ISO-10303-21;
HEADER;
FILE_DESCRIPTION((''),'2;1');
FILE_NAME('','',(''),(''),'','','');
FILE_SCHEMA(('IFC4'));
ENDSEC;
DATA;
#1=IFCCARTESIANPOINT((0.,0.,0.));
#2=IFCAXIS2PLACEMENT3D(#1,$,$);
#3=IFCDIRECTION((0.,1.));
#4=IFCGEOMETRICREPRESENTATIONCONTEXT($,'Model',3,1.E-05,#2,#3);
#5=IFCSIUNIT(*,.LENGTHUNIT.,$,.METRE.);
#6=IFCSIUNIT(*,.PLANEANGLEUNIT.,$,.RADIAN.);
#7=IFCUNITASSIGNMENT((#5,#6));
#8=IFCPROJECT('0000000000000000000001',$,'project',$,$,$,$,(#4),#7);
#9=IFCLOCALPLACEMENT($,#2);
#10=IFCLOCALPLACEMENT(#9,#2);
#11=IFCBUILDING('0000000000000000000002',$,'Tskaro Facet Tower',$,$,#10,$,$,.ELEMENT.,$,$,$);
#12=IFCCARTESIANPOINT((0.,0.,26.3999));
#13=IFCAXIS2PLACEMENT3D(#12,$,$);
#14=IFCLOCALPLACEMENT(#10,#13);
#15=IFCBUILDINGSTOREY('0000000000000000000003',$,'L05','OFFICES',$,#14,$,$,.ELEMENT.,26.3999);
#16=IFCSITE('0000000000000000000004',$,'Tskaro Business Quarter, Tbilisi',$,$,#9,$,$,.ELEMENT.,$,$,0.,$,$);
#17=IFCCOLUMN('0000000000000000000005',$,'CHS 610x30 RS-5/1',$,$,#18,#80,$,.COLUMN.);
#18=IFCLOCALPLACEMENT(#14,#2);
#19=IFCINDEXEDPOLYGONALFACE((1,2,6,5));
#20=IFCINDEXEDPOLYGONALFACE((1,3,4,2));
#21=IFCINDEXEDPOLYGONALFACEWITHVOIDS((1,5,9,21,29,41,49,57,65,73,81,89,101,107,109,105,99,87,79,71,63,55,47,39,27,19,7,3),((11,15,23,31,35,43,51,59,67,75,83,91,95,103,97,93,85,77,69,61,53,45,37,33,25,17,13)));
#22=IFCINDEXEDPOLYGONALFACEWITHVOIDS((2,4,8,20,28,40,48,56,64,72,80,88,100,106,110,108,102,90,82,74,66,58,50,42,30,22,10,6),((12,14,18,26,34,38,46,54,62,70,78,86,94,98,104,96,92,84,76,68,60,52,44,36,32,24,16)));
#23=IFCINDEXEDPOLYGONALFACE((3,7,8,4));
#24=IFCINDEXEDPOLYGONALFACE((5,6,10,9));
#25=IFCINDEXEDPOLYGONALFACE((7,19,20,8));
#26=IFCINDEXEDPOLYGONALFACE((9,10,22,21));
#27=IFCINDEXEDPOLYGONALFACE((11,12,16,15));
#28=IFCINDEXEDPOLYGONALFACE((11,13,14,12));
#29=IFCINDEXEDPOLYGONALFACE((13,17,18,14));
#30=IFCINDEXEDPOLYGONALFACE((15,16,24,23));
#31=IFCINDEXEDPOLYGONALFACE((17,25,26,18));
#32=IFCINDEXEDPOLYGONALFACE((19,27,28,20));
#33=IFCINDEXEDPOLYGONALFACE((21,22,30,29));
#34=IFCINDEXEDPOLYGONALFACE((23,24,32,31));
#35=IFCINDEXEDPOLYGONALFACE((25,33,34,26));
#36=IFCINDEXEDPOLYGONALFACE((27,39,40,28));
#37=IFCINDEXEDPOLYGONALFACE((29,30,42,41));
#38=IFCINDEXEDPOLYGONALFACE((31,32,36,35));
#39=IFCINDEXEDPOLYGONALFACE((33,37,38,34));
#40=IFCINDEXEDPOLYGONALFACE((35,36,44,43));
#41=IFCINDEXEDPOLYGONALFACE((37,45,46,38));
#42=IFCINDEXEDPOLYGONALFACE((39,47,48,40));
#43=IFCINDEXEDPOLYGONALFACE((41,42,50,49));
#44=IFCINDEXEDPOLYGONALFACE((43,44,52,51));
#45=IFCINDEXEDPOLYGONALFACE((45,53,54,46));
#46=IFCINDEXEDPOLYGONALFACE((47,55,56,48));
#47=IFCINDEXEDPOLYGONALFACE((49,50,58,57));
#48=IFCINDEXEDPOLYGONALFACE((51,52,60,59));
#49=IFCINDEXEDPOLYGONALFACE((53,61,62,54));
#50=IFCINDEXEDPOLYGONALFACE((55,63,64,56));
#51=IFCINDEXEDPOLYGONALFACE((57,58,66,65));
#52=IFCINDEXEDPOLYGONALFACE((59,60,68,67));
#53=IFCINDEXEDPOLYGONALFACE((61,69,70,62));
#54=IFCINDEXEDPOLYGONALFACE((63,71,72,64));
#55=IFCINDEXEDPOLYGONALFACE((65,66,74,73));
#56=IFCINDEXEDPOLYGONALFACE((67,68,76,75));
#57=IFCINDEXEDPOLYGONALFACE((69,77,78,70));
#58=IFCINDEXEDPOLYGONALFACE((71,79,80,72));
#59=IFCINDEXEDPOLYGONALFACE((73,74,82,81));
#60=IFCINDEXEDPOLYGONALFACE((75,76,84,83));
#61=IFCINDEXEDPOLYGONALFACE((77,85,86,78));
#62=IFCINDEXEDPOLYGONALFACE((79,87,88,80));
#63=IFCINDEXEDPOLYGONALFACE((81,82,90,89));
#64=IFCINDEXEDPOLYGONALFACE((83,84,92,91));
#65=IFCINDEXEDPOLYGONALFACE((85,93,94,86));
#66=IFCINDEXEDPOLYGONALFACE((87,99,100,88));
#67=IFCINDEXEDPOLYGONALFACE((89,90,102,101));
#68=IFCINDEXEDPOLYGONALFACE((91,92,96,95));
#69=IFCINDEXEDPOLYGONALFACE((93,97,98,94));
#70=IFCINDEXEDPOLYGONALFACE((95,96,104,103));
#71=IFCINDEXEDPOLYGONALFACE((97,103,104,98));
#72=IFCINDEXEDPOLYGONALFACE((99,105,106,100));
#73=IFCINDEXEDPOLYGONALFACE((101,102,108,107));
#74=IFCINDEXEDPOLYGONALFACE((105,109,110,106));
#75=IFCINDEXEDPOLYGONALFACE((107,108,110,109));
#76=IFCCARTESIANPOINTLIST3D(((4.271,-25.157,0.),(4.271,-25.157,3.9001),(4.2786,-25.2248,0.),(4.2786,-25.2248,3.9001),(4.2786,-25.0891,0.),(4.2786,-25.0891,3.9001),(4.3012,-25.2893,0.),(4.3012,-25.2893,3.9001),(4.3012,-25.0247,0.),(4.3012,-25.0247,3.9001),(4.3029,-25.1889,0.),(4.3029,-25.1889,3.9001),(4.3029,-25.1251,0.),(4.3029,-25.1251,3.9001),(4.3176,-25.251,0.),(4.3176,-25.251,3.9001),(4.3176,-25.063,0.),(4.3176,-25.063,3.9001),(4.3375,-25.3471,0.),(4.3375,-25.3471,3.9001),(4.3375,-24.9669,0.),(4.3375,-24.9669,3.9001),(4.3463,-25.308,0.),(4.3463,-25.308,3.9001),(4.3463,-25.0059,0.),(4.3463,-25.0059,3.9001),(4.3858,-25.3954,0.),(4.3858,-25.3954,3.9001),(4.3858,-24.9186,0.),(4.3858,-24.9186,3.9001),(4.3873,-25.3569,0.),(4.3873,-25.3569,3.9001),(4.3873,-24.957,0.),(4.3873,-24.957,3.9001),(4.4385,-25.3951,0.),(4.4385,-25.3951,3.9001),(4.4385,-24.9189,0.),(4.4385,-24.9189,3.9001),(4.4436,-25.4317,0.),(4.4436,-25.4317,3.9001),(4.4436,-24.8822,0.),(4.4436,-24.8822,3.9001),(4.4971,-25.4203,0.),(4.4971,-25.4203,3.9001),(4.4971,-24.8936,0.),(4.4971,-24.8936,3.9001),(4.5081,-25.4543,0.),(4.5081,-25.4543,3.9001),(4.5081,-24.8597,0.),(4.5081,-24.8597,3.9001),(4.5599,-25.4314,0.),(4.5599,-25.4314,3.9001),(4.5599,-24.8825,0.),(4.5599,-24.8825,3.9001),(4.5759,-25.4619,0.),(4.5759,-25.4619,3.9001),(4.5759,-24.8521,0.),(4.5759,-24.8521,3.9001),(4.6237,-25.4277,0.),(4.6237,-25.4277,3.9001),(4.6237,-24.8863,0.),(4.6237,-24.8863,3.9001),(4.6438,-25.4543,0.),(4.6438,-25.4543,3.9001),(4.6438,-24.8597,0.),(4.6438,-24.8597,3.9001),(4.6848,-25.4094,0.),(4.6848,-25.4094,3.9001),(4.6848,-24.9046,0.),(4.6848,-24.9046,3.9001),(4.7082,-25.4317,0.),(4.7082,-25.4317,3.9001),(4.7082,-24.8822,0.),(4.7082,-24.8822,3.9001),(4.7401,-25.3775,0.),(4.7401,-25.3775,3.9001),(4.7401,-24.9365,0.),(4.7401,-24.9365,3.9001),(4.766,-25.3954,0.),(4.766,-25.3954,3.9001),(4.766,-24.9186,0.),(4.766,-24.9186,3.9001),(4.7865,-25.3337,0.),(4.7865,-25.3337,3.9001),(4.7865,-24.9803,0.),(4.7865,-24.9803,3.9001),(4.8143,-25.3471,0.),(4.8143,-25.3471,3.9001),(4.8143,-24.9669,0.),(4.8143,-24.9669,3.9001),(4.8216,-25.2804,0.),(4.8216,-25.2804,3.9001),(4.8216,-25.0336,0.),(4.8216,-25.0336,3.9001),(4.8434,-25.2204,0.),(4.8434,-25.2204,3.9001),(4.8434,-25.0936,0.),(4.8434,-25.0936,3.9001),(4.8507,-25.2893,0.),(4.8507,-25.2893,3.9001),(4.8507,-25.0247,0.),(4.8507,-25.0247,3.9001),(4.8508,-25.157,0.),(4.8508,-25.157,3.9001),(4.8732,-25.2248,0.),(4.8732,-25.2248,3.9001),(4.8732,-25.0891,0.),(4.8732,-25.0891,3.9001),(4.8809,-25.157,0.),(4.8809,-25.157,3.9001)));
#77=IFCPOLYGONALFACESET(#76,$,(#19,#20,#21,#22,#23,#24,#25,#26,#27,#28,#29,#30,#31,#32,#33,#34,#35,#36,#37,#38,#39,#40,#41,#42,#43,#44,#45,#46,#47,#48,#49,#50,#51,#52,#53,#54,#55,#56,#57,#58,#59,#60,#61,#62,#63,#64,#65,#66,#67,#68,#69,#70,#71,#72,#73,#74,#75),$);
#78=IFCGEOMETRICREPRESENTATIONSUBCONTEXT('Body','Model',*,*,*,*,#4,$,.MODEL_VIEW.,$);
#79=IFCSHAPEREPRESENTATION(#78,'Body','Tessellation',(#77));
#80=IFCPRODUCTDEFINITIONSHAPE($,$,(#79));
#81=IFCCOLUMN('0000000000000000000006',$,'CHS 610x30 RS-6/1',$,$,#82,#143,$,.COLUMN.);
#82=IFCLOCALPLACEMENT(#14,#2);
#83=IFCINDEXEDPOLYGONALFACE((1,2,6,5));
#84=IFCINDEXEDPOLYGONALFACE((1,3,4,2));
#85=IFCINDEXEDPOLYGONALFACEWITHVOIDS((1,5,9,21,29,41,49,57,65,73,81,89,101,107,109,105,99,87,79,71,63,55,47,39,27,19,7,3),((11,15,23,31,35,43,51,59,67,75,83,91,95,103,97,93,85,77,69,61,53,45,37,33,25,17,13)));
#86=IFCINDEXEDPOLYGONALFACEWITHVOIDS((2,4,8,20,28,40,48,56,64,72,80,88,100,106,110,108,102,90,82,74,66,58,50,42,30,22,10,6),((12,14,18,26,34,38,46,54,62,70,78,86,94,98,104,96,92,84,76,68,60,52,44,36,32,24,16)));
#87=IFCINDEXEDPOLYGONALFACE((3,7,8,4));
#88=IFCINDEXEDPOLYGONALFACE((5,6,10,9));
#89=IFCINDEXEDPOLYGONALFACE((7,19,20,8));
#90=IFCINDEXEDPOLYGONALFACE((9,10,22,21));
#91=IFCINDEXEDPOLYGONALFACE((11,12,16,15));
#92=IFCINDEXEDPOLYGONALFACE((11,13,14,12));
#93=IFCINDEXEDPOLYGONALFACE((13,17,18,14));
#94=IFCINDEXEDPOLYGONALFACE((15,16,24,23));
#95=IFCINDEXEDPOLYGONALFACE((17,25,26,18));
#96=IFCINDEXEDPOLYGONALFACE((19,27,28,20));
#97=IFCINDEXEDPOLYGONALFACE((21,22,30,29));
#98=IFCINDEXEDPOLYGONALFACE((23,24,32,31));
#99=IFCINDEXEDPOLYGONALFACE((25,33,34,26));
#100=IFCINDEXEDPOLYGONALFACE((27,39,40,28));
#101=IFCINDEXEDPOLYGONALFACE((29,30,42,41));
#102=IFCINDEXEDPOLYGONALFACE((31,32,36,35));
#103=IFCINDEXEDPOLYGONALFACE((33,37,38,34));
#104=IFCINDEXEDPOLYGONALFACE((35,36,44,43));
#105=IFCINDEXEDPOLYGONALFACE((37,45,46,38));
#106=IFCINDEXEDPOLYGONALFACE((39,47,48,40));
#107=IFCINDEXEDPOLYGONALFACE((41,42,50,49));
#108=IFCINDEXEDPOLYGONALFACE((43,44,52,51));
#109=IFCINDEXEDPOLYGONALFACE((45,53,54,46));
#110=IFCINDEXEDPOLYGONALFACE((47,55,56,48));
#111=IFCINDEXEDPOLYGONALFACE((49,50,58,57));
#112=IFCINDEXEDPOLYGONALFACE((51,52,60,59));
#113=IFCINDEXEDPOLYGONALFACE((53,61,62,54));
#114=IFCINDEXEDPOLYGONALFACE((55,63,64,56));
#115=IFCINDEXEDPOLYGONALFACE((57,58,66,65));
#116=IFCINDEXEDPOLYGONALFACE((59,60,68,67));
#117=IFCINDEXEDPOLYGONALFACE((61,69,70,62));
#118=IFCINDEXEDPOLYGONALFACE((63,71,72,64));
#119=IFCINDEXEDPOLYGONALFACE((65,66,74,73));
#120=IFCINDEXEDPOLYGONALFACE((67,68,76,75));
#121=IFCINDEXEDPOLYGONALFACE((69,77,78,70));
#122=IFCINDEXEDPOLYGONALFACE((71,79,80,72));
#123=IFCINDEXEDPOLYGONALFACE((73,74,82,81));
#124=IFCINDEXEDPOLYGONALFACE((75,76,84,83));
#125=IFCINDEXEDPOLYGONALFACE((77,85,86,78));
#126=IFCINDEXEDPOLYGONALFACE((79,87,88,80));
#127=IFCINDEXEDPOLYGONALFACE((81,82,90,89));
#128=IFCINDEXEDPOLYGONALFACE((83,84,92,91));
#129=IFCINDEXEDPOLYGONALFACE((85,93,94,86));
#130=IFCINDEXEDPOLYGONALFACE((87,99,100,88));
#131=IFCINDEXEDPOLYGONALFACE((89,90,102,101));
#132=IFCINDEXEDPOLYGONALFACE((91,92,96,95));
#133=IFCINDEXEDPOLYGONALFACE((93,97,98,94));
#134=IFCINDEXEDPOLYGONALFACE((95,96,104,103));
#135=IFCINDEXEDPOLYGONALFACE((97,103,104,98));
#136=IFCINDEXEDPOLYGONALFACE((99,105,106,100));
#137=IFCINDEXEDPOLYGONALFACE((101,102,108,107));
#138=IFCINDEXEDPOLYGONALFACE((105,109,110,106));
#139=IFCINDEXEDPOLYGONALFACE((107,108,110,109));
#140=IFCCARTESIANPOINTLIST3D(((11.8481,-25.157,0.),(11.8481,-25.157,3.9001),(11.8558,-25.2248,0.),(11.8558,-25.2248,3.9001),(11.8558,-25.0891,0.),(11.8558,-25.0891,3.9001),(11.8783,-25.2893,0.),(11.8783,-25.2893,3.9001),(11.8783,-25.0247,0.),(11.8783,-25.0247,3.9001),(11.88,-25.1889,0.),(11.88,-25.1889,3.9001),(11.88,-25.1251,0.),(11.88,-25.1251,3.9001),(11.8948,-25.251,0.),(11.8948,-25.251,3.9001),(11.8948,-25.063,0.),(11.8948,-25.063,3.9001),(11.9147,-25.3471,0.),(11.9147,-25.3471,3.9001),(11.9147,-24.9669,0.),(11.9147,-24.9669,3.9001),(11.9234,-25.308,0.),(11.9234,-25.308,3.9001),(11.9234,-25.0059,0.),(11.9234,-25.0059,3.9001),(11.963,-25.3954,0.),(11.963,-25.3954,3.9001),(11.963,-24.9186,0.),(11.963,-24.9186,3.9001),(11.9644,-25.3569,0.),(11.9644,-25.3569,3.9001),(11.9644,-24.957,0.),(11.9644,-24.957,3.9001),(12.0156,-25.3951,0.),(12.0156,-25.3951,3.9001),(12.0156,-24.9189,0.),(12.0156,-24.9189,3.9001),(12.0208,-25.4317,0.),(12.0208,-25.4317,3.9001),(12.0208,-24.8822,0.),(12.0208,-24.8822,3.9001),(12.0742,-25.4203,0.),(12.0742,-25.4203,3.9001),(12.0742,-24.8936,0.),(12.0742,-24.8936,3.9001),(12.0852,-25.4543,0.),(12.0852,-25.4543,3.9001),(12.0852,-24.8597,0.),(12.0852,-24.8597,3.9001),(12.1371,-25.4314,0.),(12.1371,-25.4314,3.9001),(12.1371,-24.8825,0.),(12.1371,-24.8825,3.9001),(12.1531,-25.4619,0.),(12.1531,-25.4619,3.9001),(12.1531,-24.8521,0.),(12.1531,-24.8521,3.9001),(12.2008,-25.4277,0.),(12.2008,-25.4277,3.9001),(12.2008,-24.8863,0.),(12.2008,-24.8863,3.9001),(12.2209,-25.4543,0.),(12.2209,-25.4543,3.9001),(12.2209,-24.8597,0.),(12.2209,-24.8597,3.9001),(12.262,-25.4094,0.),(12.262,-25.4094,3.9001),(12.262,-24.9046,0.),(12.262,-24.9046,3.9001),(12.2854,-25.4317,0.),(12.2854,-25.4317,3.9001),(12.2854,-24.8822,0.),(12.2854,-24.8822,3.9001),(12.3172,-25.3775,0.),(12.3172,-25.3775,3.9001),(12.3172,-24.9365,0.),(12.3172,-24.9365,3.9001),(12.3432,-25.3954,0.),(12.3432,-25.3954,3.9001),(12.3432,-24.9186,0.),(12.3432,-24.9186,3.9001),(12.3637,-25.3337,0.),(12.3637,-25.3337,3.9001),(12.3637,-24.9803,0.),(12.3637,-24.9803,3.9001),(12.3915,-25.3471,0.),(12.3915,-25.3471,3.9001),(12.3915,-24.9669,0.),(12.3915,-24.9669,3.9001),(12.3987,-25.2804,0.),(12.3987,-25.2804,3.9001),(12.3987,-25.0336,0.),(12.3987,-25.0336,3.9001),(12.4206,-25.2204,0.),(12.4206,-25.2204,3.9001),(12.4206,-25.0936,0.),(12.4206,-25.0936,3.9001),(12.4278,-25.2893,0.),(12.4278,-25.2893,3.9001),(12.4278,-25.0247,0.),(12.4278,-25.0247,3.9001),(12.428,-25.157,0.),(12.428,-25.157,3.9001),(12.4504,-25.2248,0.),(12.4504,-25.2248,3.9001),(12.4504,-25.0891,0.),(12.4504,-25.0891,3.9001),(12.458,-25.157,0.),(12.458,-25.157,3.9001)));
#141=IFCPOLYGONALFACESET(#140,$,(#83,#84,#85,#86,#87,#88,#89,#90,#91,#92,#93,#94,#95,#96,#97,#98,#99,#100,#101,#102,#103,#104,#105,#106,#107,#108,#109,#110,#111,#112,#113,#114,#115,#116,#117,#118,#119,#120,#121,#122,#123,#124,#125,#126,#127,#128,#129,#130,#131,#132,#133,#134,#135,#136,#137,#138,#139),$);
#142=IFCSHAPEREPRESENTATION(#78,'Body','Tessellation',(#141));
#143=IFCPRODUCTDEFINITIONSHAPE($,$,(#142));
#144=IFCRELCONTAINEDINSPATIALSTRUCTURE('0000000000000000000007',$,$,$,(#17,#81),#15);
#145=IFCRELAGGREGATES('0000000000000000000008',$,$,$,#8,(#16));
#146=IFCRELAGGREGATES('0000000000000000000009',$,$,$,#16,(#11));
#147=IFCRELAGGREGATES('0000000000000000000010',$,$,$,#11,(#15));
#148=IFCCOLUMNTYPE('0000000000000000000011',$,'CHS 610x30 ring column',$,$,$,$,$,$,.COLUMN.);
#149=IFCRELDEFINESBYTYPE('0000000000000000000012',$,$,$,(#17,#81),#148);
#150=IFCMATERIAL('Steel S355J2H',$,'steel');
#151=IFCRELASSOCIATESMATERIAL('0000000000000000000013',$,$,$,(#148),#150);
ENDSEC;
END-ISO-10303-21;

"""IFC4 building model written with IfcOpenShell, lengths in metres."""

from ifc_helpers import new_model, si_unit, direction, frame, origin, origin_2d, place, context, subcontext, project, spatial, hollow_circle, extrude, material, material_profile, profile_set, type_object, element, save


model = new_model("IFC4")

# Units and contexts
model_context = context("Model", 3, precision=1e-05, world=origin(), true_north=direction((0.0, 1.0)))
body_context = subcontext(model_context, "Body", "Model", "MODEL_VIEW")
ifc_project = project(units=[si_unit("LENGTHUNIT", "METRE"), si_unit("PLANEANGLEUNIT", "RADIAN")], contexts=[model_context])

# Site, building, storey
site_placement = place(None, origin())
site = spatial("IfcSite", under=ifc_project, at=site_placement, Name="Tskaro Business Quarter, Tbilisi", CompositionType="ELEMENT", RefElevation=0.0)
building_placement = place(site_placement, origin())
building = spatial("IfcBuilding", under=site, at=building_placement, Name="Tskaro Facet Tower", CompositionType="ELEMENT")
storey_placement = place(building_placement, frame((0.0, 0.0, 26.3999)))
storey = spatial("IfcBuildingStorey", under=building, at=storey_placement, Name="L05", Description="OFFICES", CompositionType="ELEMENT", Elevation=26.3999)

# Columns
ifc_material_1 = material(Name="Steel S355J2H", Category="steel")
ifc_material_profile_1 = material_profile(ifc_material_1, hollow_circle(Radius=0.3049, WallThickness=0.03, at=origin_2d()), Name="CHS 610x30")
ifc_profile_set_1 = profile_set([ifc_material_profile_1], Name="Steel S355J2H")
column_type_1 = type_object("IfcColumnType", Name="CHS 610x30 ring column", PredefinedType="COLUMN", material=ifc_profile_set_1)
for number, where, z_axis, x_axis, name in (
    (1, (4.5759, -25.157, 0.0), (0.0, 0.0, 1.0), (1.0, 0.0, 0.0), "CHS 610x30 RS-5/1"),
    (2, (12.1531, -25.157, 0.0), (0.0, 0.0, 1.0), (1.0, 0.0, 0.0), "CHS 610x30 RS-6/1"),
):
    element("IfcColumn", number, at=place(storey_placement, frame(where, z_axis=z_axis, x_axis=x_axis)), inside=storey, type_object=column_type_1, Name=name, PredefinedType="COLUMN", context=body_context, shape_type="SweptSolid", body=[
        extrude(hollow_circle(Radius=0.3049, WallThickness=0.03, at=origin_2d()), origin(), (0.0, 0.0, 1.0), 3.9001),
    ])

save(model, "model.ifc")
